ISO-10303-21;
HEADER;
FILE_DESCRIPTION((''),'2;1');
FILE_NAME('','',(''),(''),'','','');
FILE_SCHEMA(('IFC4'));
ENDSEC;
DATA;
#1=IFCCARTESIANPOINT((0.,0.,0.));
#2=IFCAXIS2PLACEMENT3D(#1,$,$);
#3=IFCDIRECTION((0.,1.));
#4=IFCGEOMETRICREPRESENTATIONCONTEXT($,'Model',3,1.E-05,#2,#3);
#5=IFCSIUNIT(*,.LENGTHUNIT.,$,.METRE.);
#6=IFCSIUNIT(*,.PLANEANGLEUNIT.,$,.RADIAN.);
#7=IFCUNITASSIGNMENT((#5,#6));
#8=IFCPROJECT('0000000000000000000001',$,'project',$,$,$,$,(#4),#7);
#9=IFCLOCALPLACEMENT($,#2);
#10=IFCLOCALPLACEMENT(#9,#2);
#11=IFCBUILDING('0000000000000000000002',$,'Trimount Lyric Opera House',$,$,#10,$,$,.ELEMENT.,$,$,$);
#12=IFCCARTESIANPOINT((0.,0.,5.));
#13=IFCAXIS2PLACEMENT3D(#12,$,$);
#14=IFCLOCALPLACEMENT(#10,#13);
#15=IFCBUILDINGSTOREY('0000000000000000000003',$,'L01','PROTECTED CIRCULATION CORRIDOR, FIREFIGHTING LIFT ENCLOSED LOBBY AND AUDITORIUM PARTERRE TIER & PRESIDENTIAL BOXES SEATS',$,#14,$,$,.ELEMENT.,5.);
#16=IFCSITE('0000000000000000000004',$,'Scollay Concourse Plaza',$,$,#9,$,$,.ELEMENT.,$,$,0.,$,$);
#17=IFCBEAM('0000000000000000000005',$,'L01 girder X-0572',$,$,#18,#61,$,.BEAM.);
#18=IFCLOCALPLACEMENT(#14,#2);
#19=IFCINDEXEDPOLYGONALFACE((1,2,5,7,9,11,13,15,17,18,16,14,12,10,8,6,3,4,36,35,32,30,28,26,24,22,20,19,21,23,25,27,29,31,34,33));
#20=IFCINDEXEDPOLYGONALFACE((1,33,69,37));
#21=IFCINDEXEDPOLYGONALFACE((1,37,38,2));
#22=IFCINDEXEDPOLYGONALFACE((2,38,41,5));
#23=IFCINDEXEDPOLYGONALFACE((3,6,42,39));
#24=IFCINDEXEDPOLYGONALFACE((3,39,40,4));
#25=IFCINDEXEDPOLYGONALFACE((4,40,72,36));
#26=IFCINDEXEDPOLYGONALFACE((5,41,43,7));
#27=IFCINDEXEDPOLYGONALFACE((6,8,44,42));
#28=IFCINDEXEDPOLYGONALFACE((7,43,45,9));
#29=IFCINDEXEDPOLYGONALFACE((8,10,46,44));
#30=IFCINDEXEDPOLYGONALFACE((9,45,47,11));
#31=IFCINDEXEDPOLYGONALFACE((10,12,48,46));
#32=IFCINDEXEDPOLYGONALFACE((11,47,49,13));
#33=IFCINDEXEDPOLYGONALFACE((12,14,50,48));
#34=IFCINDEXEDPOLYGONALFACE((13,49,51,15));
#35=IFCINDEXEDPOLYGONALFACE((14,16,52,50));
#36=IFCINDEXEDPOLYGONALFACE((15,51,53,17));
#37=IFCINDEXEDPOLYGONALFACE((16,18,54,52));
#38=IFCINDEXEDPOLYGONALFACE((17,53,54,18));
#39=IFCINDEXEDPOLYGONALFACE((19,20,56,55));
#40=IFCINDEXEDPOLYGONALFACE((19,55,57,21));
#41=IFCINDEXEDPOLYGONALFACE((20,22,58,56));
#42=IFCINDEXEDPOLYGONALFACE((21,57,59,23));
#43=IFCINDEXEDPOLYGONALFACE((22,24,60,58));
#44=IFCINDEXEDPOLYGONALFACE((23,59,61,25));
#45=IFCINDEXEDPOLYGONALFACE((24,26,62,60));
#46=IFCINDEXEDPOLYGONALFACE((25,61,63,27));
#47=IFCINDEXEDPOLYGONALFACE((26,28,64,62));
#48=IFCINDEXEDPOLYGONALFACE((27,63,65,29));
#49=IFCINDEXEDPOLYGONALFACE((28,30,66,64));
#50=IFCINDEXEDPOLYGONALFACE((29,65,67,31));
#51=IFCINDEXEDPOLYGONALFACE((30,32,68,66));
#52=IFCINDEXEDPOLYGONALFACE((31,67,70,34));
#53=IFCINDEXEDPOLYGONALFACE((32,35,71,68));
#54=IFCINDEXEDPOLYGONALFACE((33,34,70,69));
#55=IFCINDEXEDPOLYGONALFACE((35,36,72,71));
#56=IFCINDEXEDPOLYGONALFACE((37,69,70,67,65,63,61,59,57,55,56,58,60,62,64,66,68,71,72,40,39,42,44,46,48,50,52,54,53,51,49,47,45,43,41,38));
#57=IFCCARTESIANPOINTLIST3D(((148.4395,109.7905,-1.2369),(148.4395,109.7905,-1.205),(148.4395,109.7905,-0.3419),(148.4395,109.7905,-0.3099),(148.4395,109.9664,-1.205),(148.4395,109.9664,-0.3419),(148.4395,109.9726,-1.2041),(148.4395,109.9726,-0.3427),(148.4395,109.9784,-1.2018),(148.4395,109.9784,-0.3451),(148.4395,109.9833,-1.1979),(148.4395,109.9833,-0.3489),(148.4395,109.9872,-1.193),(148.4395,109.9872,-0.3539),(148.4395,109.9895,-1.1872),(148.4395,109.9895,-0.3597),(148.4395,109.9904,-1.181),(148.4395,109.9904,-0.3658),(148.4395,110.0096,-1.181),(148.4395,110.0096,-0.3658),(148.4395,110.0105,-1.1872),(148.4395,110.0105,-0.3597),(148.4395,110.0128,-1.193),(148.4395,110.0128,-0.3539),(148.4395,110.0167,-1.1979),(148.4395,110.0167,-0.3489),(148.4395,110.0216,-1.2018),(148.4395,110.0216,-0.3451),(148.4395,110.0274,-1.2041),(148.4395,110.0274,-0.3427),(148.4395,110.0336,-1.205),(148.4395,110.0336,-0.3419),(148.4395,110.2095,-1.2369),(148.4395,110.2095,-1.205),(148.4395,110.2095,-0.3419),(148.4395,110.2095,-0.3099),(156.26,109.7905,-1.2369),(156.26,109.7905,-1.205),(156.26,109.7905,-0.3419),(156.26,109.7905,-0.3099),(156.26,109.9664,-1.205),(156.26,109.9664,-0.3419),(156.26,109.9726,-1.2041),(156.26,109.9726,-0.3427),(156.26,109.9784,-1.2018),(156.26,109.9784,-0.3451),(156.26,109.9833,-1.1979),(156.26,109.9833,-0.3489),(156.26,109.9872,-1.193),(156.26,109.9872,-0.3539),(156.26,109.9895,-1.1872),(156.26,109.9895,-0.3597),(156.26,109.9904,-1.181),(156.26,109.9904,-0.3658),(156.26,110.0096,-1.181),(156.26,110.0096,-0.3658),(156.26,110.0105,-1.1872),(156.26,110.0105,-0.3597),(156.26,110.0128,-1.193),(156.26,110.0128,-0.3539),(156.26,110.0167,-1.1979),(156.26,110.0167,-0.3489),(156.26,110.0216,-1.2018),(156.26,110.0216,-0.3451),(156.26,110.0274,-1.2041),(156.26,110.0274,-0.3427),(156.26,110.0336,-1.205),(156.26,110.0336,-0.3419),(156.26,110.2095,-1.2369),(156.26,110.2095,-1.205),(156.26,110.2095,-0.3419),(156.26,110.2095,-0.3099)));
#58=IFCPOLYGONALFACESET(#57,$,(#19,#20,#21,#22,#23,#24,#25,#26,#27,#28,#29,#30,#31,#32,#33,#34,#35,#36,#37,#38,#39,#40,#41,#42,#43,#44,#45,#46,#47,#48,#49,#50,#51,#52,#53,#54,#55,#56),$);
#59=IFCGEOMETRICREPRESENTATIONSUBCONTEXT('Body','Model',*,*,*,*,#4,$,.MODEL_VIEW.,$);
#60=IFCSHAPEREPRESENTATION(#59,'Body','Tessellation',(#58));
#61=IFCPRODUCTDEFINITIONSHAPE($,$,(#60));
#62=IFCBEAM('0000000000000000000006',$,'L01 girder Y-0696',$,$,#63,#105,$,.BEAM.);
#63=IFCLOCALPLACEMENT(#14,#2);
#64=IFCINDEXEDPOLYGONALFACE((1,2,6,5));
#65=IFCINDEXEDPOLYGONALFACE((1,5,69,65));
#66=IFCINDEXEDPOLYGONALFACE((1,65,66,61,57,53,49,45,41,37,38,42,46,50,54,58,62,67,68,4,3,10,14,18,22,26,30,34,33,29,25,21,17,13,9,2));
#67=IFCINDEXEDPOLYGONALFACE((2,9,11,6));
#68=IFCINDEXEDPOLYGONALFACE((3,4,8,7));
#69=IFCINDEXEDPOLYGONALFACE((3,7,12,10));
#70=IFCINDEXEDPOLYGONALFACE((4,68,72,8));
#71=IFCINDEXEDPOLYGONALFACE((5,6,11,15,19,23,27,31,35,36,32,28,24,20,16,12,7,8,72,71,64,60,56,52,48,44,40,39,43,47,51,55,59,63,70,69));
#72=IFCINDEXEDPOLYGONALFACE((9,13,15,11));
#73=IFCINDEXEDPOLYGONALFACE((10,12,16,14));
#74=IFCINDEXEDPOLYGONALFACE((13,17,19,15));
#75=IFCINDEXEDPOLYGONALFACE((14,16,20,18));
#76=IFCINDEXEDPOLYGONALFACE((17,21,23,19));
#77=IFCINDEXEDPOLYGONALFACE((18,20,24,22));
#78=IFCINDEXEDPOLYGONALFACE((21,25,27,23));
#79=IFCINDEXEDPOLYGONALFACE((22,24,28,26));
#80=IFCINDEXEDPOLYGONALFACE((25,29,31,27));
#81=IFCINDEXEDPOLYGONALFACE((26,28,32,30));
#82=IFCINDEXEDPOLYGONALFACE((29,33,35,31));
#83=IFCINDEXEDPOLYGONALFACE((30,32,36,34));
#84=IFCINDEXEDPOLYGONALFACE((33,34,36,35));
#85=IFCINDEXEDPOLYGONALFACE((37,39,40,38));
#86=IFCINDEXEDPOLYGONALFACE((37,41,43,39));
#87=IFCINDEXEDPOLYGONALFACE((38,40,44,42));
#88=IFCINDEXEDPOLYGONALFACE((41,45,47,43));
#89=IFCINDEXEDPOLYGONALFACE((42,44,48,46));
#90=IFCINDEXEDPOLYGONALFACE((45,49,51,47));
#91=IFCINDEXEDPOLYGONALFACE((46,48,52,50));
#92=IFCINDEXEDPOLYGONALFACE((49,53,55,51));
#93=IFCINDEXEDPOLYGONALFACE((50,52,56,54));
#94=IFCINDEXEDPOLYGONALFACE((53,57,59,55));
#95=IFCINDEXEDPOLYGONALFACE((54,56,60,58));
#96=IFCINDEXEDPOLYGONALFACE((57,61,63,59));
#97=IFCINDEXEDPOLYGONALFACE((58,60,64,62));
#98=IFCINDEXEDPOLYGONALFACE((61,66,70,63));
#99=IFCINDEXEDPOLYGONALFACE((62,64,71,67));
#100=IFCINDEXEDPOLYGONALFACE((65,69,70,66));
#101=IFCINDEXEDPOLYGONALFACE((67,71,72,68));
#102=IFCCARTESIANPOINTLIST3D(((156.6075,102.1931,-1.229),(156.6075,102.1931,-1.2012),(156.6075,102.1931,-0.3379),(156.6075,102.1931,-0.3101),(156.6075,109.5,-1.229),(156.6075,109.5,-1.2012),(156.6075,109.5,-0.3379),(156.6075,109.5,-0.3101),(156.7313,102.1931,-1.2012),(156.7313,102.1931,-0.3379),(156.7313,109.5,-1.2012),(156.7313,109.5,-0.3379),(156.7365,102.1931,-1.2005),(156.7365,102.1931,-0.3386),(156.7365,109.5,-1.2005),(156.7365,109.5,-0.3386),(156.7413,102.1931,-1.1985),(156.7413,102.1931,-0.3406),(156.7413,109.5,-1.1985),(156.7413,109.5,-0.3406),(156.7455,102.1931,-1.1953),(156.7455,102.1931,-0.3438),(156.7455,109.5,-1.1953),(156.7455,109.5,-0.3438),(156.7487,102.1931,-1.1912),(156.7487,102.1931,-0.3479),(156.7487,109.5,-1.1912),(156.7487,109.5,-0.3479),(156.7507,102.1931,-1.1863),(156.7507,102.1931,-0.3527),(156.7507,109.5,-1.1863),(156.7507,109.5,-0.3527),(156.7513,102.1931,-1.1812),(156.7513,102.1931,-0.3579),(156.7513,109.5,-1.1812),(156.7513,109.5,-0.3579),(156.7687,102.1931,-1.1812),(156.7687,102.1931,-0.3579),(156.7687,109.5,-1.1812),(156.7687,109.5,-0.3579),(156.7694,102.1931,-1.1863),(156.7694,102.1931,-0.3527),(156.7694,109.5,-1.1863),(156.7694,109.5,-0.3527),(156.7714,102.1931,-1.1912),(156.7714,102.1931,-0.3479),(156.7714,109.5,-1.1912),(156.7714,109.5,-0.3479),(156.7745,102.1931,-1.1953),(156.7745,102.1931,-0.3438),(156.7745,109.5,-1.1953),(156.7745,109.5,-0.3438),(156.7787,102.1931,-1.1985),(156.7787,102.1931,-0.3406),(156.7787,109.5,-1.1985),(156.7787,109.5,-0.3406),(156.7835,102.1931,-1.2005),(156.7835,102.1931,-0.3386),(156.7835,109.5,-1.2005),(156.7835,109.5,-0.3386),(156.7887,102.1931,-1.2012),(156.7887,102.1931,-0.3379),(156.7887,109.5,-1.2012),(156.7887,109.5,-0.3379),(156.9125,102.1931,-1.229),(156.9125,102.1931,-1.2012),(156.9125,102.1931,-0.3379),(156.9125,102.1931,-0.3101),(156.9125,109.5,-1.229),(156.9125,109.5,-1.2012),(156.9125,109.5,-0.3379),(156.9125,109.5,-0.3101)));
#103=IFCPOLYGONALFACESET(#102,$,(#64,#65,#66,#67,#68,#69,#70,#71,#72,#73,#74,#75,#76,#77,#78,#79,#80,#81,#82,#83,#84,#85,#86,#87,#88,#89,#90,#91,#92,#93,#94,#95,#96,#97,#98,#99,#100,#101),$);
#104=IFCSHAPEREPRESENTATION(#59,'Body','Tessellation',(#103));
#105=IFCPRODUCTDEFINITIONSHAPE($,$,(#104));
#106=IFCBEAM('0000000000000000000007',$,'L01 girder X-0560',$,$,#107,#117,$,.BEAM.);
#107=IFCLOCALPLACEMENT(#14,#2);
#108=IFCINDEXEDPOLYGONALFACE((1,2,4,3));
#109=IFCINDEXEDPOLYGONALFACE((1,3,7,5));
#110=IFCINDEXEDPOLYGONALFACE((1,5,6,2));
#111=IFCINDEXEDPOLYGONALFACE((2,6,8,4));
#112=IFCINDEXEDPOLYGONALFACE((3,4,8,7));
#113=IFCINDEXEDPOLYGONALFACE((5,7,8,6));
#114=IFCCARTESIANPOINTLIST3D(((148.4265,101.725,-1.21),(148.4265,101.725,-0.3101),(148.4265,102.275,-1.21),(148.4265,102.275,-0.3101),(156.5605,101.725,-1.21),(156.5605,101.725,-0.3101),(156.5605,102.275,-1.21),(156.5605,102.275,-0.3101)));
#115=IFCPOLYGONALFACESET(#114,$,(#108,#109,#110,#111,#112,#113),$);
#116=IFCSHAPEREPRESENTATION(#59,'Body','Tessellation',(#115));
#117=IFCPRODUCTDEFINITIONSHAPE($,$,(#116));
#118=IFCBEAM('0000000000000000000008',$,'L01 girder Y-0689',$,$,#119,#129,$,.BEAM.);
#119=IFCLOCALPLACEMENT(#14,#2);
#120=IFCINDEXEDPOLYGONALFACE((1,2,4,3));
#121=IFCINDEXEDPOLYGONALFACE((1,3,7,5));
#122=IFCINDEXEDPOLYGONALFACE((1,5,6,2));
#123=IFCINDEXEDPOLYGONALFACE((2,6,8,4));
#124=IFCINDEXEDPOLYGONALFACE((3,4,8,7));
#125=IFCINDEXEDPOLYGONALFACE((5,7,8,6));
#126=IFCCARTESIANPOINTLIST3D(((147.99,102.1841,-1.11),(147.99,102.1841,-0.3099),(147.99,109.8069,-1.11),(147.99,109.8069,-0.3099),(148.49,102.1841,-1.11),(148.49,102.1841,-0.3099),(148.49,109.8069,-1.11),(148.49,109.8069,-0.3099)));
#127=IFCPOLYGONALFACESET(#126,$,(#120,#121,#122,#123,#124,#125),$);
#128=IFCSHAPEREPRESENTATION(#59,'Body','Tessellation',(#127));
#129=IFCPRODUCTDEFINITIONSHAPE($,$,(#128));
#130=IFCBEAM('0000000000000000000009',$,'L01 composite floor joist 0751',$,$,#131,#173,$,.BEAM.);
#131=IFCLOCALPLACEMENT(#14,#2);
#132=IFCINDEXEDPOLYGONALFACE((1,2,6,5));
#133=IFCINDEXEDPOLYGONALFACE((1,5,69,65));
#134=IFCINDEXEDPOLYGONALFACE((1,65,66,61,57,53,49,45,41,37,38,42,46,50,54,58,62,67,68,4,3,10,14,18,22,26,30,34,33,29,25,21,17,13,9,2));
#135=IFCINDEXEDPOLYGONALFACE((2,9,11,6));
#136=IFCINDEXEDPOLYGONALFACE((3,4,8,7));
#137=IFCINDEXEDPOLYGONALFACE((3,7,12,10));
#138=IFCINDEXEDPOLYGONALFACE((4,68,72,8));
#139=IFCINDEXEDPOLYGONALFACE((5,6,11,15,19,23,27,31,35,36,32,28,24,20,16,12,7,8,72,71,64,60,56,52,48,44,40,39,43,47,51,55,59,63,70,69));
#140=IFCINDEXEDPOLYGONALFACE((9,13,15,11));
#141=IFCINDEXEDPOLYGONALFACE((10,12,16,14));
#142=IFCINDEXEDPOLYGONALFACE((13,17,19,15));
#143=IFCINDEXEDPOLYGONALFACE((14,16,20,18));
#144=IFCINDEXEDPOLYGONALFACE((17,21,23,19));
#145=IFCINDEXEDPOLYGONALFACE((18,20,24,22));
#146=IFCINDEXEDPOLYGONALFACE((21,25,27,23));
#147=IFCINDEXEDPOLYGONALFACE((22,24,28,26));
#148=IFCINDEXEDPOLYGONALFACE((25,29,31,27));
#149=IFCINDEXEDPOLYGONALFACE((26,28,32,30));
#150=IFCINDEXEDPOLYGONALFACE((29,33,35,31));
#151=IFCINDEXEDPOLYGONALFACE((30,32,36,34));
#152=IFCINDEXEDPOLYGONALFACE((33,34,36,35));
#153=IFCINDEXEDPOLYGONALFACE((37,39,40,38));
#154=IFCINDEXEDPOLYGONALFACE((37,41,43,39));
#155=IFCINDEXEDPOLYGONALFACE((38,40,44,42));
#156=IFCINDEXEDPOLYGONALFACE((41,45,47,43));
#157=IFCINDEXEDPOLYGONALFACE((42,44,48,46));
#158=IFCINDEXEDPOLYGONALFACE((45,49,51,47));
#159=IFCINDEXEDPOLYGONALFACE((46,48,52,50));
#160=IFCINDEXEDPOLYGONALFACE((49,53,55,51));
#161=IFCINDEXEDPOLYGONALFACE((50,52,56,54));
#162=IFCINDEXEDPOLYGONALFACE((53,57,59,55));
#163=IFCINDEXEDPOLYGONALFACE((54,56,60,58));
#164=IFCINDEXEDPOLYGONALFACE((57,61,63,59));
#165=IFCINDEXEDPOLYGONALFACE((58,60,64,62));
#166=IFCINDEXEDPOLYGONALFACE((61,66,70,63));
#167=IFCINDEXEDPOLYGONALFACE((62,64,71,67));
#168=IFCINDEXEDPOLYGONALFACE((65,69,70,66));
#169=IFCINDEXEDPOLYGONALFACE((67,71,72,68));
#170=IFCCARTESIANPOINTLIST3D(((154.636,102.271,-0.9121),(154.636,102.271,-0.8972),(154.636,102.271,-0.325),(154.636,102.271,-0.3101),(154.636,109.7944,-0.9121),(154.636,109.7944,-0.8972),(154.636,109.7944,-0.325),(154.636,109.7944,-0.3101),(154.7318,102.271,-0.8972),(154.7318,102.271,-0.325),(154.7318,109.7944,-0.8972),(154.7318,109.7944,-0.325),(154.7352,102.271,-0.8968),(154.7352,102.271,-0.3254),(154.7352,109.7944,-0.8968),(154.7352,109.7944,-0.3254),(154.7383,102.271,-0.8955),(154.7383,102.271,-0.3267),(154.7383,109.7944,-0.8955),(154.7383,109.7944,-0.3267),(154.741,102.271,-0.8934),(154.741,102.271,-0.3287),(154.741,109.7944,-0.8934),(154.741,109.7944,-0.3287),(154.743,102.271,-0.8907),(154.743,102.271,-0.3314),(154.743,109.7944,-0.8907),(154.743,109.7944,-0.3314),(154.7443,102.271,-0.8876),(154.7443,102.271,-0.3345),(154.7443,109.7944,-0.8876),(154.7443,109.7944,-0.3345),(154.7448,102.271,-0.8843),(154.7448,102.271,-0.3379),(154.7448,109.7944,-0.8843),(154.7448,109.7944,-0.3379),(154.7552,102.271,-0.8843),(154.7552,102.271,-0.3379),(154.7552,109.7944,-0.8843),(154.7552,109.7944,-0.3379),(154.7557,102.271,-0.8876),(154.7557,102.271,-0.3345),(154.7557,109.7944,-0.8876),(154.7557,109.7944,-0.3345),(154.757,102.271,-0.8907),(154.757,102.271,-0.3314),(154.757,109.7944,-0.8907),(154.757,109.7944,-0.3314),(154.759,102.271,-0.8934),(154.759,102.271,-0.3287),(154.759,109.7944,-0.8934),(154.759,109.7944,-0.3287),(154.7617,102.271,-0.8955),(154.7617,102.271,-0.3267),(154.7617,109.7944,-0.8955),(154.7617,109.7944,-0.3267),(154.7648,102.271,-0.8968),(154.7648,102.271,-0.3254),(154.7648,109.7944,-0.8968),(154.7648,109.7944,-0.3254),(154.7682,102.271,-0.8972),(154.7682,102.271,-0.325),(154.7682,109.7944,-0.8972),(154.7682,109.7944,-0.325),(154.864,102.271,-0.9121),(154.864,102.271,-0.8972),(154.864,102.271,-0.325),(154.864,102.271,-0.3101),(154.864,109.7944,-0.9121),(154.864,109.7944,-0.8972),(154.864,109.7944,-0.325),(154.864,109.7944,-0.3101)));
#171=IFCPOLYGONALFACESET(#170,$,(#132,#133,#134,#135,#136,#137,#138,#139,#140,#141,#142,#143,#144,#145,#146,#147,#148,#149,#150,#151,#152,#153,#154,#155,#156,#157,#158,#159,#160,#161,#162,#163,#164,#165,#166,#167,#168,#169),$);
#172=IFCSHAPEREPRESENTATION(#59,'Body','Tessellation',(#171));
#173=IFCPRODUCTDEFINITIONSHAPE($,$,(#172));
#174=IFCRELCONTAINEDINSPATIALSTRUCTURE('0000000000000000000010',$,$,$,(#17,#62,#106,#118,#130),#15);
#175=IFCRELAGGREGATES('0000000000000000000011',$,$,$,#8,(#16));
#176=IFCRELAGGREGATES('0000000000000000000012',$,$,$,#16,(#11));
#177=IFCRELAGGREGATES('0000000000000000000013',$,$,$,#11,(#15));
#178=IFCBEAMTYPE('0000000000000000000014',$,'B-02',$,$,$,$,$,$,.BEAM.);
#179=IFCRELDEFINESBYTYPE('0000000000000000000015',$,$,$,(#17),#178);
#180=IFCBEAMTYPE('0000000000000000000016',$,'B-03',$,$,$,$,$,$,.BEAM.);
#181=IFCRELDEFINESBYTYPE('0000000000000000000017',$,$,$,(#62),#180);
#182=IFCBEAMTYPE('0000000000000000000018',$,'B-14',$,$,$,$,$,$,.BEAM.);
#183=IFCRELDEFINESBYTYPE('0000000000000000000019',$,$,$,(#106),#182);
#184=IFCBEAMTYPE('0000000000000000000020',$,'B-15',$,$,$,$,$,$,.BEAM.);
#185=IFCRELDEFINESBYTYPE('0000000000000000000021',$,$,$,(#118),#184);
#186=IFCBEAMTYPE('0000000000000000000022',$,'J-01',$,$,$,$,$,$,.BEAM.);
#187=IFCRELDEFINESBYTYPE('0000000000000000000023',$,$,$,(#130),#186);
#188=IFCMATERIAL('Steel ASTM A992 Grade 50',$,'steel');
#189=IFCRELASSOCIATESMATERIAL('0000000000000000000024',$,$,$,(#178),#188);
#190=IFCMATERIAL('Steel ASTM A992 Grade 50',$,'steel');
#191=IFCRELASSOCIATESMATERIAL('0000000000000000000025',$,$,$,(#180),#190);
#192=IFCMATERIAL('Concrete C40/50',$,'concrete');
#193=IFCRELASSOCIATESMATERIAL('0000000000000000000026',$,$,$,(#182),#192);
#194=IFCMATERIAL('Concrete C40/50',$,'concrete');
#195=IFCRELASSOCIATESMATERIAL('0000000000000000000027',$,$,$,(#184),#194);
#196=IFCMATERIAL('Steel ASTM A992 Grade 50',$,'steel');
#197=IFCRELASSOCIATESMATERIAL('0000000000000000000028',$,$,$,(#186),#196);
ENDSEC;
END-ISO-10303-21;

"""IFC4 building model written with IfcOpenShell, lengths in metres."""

from ifc_helpers import new_model, si_unit, direction, frame, origin, origin_2d, place, context, subcontext, project, spatial, rectangle, i_section, extrude, material, material_profile, profile_set, type_object, element, save


model = new_model("IFC4")

# Units and contexts
model_context = context("Model", 3, precision=1e-05, world=origin(), true_north=direction((0.0, 1.0)))
body_context = subcontext(model_context, "Body", "Model", "MODEL_VIEW")
ifc_project = project(units=[si_unit("LENGTHUNIT", "METRE"), si_unit("PLANEANGLEUNIT", "RADIAN")], contexts=[model_context])

# Site, building, storey
site_placement = place(None, origin())
site = spatial("IfcSite", under=ifc_project, at=site_placement, Name="Scollay Concourse Plaza", CompositionType="ELEMENT", RefElevation=0.0)
building_placement = place(site_placement, origin())
building = spatial("IfcBuilding", under=site, at=building_placement, Name="Trimount Lyric Opera House", CompositionType="ELEMENT")
storey_placement = place(building_placement, frame((0.0, 0.0, 5.0)))
storey = spatial("IfcBuildingStorey", under=building, at=storey_placement, Name="L01", Description="PROTECTED CIRCULATION CORRIDOR, FIREFIGHTING LIFT ENCLOSED LOBBY AND AUDITORIUM PARTERRE TIER & PRESIDENTIAL BOXES SEATS", CompositionType="ELEMENT", Elevation=5.0)

# Beams
ifc_material_1 = material(Name="Steel ASTM A992 Grade 50", Category="steel")
ifc_material_profile_1 = material_profile(ifc_material_1, i_section(OverallWidth=0.4189, OverallDepth=0.927, WebThickness=0.0193, FlangeThickness=0.032, FilletRadius=0.0239, at=origin_2d()), Name="W36X231")
ifc_profile_set_1 = profile_set([ifc_material_profile_1], Name="Steel ASTM A992 Grade 50")
beam_type_1 = type_object("IfcBeamType", Name="B-02", PredefinedType="BEAM", material=ifc_profile_set_1)
beam_1_placement = place(storey_placement, frame((148.4395, 110.0, -0.7734), z_axis=(1.0, 0.0, 0.0), x_axis=(0.0, 1.0, 0.0)))
element("IfcBeam", 1, at=beam_1_placement, inside=storey, type_object=beam_type_1, Name="L01 girder X-0572", PredefinedType="BEAM", context=body_context, shape_type="SweptSolid", body=[
    extrude(i_section(OverallWidth=0.4189, OverallDepth=0.927, WebThickness=0.0193, FlangeThickness=0.032, FilletRadius=0.0239, at=origin_2d()), origin(), (0.0, 0.0, 1.0), 7.8206),
])
ifc_material_2 = material(Name="Steel ASTM A992 Grade 50", Category="steel")
ifc_material_profile_2 = material_profile(ifc_material_2, i_section(OverallWidth=0.3049, OverallDepth=0.9189, WebThickness=0.0173, FlangeThickness=0.0278, FilletRadius=0.02, at=origin_2d()), Name="W36X170")
ifc_profile_set_2 = profile_set([ifc_material_profile_2], Name="Steel ASTM A992 Grade 50")
beam_type_2 = type_object("IfcBeamType", Name="B-03", PredefinedType="BEAM", material=ifc_profile_set_2)
beam_2_placement = place(storey_placement, frame((156.76, 102.1931, -0.7695), z_axis=(0.0, 1.0, 0.0), x_axis=(-1.0, 0.0, 0.0)))
element("IfcBeam", 2, at=beam_2_placement, inside=storey, type_object=beam_type_2, Name="L01 girder Y-0696", PredefinedType="BEAM", context=body_context, shape_type="SweptSolid", body=[
    extrude(i_section(OverallWidth=0.3049, OverallDepth=0.9189, WebThickness=0.0173, FlangeThickness=0.0278, FilletRadius=0.02, at=origin_2d()), origin(), (0.0, 0.0, 1.0), 7.3069),
])
ifc_material_3 = material(Name="Concrete C40/50", Category="concrete")
ifc_material_profile_3 = material_profile(ifc_material_3, rectangle(XDim=0.55, YDim=0.8999, at=origin_2d()), Name="RC550X900")
ifc_profile_set_3 = profile_set([ifc_material_profile_3], Name="Concrete C40/50")
beam_type_3 = type_object("IfcBeamType", Name="B-14", PredefinedType="BEAM", material=ifc_profile_set_3)
beam_3_placement = place(storey_placement, frame((148.4265, 102.0, -0.76), z_axis=(1.0, 0.0, 0.0), x_axis=(0.0, 1.0, 0.0)))
element("IfcBeam", 3, at=beam_3_placement, inside=storey, type_object=beam_type_3, Name="L01 girder X-0560", PredefinedType="BEAM", context=body_context, shape_type="SweptSolid", body=[
    extrude(rectangle(XDim=0.55, YDim=0.8999, at=origin_2d()), origin(), (0.0, 0.0, 1.0), 8.134),
])
ifc_material_4 = material(Name="Concrete C40/50", Category="concrete")
ifc_material_profile_4 = material_profile(ifc_material_4, rectangle(XDim=0.5, YDim=0.8, at=origin_2d()), Name="RC500X800")
ifc_profile_set_4 = profile_set([ifc_material_profile_4], Name="Concrete C40/50")
beam_type_4 = type_object("IfcBeamType", Name="B-15", PredefinedType="BEAM", material=ifc_profile_set_4)
beam_4_placement = place(storey_placement, frame((148.24, 102.1841, -0.71), z_axis=(0.0, 1.0, 0.0), x_axis=(-1.0, 0.0, 0.0)))
element("IfcBeam", 4, at=beam_4_placement, inside=storey, type_object=beam_type_4, Name="L01 girder Y-0689", PredefinedType="BEAM", context=body_context, shape_type="SweptSolid", body=[
    extrude(rectangle(XDim=0.5, YDim=0.8, at=origin_2d()), origin(), (0.0, 0.0, 1.0), 7.6228),
])
ifc_material_5 = material(Name="Steel ASTM A992 Grade 50", Category="steel")
ifc_material_profile_5 = material_profile(ifc_material_5, i_section(OverallWidth=0.228, OverallDepth=0.6021, WebThickness=0.0105, FlangeThickness=0.0149, FilletRadius=0.0129, at=origin_2d()), Name="W24X68")
ifc_profile_set_5 = profile_set([ifc_material_profile_5], Name="Steel ASTM A992 Grade 50")
beam_type_5 = type_object("IfcBeamType", Name="J-01", PredefinedType="BEAM", material=ifc_profile_set_5)
beam_5_placement = place(storey_placement, frame((154.75, 102.271, -0.6111), z_axis=(0.0, 1.0, 0.0), x_axis=(-1.0, 0.0, 0.0)))
element("IfcBeam", 5, at=beam_5_placement, inside=storey, type_object=beam_type_5, Name="L01 composite floor joist 0751", PredefinedType="BEAM", context=body_context, shape_type="SweptSolid", body=[
    extrude(i_section(OverallWidth=0.228, OverallDepth=0.6021, WebThickness=0.0105, FlangeThickness=0.0149, FilletRadius=0.0129, at=origin_2d()), origin(), (0.0, 0.0, 1.0), 7.5234),
])

save(model, "model.ifc")
